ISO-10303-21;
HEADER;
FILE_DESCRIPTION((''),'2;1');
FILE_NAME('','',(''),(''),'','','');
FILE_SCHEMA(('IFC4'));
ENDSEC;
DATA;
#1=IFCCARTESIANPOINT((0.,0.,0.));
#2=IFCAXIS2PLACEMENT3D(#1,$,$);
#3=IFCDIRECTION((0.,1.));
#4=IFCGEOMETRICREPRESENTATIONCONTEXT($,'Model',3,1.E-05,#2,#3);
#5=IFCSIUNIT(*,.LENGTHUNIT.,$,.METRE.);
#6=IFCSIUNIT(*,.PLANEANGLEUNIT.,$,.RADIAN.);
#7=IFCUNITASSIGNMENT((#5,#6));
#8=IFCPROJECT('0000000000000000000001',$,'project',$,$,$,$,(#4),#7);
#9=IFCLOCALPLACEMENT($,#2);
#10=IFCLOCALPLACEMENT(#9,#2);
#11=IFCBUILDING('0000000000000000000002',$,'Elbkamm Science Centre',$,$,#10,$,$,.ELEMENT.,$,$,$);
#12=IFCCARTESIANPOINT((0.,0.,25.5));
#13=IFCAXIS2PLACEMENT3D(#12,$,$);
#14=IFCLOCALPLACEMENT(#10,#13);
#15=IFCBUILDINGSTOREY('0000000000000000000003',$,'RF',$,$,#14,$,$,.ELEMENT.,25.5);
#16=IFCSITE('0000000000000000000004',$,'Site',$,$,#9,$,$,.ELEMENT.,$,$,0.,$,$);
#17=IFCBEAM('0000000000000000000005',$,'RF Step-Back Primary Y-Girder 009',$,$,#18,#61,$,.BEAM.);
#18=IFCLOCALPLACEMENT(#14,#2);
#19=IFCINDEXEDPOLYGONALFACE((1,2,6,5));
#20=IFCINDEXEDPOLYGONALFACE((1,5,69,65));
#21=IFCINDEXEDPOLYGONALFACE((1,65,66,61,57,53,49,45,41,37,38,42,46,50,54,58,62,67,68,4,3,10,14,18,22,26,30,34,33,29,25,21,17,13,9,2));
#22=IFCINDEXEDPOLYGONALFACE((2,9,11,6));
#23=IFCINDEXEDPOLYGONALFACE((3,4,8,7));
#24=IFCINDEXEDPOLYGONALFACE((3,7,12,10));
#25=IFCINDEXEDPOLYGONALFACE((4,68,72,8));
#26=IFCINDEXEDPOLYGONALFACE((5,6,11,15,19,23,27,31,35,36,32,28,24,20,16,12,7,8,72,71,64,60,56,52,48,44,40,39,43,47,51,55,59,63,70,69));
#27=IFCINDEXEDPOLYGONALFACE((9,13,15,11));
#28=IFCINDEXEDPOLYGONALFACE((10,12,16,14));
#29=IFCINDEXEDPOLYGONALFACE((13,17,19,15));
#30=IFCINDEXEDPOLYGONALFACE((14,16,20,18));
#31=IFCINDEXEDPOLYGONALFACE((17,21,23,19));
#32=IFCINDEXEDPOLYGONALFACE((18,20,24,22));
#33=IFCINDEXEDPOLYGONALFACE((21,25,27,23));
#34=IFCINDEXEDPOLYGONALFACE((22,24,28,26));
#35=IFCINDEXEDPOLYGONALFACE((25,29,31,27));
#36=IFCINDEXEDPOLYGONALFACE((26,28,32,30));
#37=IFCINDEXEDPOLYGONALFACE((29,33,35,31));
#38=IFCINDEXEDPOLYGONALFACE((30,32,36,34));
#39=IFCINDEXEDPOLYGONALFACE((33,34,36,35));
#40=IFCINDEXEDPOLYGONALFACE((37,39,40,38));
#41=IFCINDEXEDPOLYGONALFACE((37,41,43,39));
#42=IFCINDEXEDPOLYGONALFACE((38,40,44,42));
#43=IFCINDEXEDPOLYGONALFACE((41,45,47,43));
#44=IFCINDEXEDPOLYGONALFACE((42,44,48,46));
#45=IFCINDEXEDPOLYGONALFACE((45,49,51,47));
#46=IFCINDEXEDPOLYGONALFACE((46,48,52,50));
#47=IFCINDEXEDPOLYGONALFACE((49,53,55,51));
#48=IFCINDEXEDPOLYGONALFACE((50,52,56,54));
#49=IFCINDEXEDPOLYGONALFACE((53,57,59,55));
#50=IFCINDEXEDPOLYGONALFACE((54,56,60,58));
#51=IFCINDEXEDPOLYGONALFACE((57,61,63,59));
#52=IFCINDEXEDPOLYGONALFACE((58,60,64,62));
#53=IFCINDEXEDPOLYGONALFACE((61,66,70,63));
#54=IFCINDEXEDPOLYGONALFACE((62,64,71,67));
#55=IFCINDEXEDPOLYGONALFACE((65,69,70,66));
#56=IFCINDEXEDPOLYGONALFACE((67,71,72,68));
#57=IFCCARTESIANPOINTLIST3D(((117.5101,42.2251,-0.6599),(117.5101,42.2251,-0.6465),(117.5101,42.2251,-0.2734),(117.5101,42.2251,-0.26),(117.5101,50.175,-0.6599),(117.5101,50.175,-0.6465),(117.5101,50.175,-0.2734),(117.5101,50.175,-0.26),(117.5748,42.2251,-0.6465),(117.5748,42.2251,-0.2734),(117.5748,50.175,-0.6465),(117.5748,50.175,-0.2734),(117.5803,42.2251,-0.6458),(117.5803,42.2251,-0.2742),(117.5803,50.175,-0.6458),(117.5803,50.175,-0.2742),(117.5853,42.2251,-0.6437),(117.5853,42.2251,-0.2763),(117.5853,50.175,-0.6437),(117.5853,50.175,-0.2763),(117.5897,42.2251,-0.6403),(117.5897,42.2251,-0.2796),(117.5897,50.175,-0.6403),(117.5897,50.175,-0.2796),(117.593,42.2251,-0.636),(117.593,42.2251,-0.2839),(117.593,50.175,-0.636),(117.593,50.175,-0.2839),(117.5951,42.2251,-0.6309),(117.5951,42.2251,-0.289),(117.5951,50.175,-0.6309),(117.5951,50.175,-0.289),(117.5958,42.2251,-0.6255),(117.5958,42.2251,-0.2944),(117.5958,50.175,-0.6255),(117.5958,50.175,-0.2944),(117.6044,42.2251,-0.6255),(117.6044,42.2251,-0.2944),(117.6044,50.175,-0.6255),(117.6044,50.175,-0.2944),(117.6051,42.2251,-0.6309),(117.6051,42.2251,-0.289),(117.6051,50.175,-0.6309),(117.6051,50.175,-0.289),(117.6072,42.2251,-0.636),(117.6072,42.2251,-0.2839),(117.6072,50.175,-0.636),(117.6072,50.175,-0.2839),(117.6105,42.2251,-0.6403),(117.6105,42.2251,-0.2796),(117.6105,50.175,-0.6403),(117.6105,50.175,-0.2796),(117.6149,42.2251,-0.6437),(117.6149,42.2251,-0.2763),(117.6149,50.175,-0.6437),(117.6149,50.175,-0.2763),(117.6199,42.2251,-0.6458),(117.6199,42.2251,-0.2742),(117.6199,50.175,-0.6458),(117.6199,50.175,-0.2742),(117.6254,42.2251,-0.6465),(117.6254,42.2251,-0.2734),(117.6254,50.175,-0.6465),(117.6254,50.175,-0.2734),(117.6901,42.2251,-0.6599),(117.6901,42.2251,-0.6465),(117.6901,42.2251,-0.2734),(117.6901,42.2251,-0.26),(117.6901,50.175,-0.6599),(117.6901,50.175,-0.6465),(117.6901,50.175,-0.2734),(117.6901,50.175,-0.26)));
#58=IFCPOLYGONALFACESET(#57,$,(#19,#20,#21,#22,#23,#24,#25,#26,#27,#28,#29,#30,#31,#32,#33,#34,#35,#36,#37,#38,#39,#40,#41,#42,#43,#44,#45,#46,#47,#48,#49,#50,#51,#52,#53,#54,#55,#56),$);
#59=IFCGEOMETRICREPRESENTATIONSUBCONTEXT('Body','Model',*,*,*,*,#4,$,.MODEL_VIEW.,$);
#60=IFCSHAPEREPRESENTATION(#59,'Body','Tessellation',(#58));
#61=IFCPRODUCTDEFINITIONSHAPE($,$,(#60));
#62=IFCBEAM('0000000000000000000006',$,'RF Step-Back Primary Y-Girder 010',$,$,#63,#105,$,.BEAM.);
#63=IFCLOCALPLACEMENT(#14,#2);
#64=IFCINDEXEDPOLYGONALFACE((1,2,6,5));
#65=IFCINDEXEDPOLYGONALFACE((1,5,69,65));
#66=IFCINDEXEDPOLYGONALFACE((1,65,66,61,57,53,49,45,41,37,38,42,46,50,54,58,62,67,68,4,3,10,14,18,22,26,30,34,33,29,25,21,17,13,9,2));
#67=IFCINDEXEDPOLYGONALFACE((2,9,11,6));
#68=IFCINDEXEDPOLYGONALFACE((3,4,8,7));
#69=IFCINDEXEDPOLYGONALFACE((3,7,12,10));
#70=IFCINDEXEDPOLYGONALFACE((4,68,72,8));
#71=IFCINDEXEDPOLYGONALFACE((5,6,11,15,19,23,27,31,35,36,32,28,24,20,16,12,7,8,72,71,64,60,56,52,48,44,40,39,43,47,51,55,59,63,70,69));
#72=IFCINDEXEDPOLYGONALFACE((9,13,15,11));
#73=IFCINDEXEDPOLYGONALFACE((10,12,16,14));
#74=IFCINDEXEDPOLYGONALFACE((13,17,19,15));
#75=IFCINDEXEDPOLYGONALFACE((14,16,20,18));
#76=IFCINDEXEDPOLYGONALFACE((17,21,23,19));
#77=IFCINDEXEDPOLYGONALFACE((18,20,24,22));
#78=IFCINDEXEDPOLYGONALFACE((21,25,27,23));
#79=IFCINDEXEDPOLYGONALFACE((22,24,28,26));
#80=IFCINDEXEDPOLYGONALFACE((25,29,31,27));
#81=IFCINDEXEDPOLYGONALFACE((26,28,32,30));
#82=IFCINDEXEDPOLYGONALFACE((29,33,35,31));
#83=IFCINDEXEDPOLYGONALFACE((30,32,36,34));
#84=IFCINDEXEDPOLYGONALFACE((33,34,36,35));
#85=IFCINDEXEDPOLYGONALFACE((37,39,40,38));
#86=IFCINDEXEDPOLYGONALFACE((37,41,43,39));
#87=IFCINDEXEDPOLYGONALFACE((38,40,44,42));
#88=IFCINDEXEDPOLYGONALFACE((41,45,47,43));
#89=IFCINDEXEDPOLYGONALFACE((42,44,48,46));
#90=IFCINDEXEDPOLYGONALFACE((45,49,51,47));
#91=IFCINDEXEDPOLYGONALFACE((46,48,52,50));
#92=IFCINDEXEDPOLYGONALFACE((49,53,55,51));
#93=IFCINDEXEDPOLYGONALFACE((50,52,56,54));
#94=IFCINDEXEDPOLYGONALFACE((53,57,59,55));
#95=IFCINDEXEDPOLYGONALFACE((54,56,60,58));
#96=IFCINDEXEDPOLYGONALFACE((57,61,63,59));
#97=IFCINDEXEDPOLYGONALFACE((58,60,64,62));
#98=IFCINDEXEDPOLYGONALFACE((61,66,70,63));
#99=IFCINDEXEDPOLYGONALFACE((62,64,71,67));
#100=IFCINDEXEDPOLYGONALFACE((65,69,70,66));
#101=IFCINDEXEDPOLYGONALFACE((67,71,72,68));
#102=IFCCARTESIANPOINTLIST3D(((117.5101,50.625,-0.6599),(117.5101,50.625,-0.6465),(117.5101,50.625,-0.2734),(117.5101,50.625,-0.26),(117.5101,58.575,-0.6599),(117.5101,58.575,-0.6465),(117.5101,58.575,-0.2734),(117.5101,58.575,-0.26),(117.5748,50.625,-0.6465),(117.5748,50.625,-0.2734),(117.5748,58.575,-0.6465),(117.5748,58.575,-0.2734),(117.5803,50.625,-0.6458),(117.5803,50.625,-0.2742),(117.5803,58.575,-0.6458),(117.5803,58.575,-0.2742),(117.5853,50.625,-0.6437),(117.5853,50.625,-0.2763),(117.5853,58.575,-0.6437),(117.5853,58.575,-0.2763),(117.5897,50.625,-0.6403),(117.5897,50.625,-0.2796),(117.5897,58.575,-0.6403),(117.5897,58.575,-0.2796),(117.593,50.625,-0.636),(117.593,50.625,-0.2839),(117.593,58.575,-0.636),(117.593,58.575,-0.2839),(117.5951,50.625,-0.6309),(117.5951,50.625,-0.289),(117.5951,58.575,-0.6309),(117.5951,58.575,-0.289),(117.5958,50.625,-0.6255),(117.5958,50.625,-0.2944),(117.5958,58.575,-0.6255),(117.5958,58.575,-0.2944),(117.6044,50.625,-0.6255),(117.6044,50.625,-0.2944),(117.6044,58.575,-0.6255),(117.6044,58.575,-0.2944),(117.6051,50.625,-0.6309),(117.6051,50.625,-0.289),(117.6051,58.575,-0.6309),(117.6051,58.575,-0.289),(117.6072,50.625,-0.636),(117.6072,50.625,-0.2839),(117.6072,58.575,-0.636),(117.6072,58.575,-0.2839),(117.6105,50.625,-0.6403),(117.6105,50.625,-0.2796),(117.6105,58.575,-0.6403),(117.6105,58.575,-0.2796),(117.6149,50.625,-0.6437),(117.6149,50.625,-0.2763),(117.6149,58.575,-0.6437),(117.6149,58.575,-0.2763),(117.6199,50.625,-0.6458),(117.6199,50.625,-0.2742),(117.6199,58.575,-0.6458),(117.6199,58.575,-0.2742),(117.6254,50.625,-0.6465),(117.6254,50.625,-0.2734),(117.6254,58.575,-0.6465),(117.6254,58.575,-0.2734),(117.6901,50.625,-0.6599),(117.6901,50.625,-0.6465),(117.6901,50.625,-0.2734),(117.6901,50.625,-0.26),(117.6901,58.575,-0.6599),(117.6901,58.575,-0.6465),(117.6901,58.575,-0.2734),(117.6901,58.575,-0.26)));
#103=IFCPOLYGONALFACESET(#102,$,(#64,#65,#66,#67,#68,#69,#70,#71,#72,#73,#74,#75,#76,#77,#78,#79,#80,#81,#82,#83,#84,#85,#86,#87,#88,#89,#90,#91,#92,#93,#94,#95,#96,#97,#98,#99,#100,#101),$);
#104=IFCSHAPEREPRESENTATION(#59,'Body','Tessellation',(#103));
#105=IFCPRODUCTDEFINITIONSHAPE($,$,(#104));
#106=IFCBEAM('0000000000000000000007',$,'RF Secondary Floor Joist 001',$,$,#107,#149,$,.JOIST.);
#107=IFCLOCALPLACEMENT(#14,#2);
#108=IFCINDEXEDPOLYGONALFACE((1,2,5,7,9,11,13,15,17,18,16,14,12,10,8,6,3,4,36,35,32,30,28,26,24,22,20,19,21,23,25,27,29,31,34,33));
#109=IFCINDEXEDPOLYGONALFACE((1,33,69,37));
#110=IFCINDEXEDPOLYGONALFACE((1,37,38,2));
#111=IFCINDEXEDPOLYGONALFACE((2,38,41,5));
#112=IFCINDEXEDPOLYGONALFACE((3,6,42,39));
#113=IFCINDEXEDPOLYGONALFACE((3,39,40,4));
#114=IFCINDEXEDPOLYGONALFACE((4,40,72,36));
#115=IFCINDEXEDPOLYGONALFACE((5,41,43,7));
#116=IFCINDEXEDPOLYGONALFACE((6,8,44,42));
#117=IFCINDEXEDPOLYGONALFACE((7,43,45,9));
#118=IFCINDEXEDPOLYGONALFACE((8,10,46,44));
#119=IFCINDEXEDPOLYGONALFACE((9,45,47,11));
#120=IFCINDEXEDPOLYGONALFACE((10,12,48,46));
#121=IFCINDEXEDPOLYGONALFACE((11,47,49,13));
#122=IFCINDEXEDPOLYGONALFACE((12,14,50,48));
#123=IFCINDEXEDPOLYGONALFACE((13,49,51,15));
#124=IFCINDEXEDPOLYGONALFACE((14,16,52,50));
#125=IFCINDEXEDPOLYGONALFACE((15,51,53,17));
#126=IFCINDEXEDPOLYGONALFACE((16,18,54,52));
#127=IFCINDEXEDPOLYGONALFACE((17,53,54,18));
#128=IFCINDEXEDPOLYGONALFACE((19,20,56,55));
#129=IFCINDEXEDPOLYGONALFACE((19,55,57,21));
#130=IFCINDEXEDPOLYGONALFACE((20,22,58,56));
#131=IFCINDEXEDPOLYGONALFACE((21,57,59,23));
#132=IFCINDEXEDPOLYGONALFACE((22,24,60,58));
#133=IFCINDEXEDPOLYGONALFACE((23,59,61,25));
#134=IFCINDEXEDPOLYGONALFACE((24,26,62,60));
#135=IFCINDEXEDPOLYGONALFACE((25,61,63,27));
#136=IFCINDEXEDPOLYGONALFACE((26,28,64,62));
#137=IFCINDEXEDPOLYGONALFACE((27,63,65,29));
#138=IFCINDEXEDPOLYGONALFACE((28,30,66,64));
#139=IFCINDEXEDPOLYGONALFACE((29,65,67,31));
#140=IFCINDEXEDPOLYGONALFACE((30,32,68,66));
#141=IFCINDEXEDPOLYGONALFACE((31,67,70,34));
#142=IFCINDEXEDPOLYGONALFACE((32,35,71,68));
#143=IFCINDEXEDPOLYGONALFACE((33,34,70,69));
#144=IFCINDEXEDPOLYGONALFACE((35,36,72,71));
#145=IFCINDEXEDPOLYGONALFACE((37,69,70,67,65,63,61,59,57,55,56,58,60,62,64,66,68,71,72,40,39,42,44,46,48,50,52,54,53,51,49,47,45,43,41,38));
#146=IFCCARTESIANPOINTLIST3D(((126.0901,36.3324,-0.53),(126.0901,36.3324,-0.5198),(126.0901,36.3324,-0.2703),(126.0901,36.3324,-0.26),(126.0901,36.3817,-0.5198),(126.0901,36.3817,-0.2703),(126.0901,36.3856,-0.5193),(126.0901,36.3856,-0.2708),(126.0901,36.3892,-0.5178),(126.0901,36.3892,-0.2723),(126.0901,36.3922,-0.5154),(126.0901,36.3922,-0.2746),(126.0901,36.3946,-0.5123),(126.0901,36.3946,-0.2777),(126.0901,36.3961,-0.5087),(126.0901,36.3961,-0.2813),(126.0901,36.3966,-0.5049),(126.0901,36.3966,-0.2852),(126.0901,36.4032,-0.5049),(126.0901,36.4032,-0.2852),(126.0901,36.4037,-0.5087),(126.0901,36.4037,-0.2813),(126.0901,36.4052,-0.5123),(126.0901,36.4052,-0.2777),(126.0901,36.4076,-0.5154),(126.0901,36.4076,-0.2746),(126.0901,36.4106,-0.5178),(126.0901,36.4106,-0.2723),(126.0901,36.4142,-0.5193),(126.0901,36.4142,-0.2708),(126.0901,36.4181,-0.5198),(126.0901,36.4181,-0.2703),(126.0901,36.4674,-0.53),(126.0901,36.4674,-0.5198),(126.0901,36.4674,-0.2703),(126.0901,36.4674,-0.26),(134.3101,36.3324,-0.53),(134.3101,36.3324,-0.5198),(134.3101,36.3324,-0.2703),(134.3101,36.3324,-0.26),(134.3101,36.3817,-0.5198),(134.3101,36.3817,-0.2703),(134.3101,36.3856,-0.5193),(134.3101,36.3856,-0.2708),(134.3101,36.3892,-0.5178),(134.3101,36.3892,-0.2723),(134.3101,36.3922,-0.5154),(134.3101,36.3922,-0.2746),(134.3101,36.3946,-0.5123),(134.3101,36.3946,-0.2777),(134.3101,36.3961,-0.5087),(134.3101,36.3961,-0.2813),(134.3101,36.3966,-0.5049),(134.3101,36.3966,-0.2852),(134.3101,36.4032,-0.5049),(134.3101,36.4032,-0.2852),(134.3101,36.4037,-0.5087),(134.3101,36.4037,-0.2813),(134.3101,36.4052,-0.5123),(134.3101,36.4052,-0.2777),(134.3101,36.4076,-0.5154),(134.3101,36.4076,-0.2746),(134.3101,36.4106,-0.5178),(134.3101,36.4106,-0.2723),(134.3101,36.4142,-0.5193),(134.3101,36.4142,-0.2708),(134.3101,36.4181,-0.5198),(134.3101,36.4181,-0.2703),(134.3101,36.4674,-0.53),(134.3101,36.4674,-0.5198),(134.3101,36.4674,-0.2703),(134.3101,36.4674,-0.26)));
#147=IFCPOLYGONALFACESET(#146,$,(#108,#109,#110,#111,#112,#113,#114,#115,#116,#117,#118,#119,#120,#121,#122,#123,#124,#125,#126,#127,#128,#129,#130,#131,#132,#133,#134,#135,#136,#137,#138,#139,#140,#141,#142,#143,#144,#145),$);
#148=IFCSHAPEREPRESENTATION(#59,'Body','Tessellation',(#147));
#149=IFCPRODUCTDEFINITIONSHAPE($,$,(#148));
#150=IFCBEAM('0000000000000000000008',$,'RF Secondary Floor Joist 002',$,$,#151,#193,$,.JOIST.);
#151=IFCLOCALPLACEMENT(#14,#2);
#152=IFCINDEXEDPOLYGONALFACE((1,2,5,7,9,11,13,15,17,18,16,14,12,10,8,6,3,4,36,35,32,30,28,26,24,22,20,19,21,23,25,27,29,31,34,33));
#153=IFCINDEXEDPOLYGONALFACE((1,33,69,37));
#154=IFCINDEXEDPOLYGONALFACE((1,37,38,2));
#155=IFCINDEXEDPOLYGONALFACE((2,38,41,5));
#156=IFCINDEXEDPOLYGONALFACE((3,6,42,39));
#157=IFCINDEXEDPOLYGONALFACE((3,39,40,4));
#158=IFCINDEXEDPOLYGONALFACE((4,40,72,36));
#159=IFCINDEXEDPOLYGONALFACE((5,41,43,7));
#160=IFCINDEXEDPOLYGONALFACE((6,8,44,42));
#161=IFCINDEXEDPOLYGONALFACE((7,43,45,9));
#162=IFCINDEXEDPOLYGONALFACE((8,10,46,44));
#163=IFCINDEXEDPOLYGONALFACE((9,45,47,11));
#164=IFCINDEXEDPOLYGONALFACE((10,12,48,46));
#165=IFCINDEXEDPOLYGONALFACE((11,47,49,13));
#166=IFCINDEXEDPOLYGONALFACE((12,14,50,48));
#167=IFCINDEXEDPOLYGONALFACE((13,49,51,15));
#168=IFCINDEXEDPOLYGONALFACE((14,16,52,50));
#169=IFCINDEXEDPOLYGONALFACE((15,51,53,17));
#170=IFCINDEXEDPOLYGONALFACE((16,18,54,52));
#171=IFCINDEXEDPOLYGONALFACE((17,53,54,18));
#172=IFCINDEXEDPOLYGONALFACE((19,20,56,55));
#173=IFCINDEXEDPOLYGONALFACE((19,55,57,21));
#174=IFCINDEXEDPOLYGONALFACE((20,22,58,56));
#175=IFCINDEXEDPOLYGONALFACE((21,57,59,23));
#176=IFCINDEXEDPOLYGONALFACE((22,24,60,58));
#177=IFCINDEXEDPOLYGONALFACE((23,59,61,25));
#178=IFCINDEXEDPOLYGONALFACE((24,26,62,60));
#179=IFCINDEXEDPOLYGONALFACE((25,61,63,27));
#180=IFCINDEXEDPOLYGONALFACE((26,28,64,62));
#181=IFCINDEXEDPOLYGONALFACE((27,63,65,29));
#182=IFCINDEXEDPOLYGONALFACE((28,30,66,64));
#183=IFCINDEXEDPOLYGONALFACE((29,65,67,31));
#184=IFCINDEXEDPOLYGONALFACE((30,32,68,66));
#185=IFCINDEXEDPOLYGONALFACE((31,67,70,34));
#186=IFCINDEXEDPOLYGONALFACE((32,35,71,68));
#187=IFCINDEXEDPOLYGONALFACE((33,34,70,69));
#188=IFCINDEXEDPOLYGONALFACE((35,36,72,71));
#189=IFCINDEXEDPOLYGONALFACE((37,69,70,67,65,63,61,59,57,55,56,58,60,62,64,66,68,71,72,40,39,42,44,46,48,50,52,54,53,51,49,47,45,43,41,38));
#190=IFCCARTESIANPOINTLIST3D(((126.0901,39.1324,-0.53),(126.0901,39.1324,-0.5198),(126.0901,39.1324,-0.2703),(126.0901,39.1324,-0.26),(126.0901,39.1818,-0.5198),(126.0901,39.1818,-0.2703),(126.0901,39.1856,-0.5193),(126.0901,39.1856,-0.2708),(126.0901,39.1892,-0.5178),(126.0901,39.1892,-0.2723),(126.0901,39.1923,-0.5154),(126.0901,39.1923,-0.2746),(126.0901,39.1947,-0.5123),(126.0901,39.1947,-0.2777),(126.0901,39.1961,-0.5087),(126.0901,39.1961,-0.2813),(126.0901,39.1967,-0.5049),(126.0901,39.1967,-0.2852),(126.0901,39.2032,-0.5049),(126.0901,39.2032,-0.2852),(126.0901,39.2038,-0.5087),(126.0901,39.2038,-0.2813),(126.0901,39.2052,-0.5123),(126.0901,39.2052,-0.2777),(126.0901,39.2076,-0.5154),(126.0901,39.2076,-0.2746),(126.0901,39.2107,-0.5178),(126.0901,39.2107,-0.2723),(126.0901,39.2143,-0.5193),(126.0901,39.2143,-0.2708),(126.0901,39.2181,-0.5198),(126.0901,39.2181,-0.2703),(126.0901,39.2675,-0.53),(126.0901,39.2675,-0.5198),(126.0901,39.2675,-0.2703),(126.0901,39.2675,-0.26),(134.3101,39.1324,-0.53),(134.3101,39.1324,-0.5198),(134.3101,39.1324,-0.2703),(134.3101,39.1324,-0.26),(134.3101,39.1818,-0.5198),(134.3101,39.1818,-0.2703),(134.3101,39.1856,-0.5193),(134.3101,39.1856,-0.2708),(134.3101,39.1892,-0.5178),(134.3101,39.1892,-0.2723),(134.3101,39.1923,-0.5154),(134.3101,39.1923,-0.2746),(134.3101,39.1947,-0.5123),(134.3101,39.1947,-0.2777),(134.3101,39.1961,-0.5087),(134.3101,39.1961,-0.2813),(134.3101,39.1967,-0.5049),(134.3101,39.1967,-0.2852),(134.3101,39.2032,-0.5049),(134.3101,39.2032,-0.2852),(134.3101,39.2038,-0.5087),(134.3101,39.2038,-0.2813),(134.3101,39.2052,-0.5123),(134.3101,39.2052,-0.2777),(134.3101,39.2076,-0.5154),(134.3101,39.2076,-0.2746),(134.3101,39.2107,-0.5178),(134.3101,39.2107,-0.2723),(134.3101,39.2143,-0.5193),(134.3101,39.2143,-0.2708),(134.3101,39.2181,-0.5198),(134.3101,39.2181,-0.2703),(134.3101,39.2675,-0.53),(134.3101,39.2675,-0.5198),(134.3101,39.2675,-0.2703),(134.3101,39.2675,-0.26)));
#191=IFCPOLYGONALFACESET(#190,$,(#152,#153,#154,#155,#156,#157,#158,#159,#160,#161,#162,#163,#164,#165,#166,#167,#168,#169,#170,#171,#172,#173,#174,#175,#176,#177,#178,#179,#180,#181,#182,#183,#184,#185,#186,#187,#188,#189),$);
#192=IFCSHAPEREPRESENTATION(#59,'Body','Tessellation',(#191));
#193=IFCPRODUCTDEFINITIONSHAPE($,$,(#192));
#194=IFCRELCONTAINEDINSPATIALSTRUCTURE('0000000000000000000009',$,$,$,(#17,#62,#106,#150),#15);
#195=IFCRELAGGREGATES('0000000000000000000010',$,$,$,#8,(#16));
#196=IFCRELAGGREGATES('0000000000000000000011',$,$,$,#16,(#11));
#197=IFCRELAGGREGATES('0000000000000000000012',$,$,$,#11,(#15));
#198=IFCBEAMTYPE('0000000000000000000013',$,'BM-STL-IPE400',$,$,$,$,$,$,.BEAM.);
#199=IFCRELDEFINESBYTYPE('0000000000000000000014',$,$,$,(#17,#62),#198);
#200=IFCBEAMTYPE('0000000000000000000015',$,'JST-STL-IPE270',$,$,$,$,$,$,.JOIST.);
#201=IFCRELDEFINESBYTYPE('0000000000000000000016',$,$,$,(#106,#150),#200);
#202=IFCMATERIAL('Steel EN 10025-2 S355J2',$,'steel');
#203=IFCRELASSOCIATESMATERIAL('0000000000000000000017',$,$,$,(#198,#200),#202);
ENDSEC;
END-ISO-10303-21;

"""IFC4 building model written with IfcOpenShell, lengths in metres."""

from ifc_helpers import new_model, si_unit, direction, frame, origin, origin_2d, place, context, subcontext, project, spatial, i_section, extrude, material, material_profile, profile_set, type_object, element, save


model = new_model("IFC4")

# Units and contexts
model_context = context("Model", 3, precision=1e-05, world=origin(), true_north=direction((0.0, 1.0)))
body_context = subcontext(model_context, "Body", "Model", "MODEL_VIEW")
ifc_project = project(units=[si_unit("LENGTHUNIT", "METRE"), si_unit("PLANEANGLEUNIT", "RADIAN")], contexts=[model_context])

# Site, building, storey
site_placement = place(None, origin())
site = spatial("IfcSite", under=ifc_project, at=site_placement, Name="Site", CompositionType="ELEMENT", RefElevation=0.0)
building_placement = place(site_placement, origin())
building = spatial("IfcBuilding", under=site, at=building_placement, Name="Elbkamm Science Centre", CompositionType="ELEMENT")
storey_placement = place(building_placement, frame((0.0, 0.0, 25.5)))
storey = spatial("IfcBuildingStorey", under=building, at=storey_placement, Name="RF", CompositionType="ELEMENT", Elevation=25.5)

# Beams
ifc_material_1 = material(Name="Steel EN 10025-2 S355J2", Category="steel")
ifc_material_profile_1 = material_profile(ifc_material_1, i_section(OverallWidth=0.1799, OverallDepth=0.3999, WebThickness=0.0085, FlangeThickness=0.0134, FilletRadius=0.021, at=origin_2d()), Name="IPE 400")
ifc_profile_set_1 = profile_set([ifc_material_profile_1], Name="Steel EN 10025-2 S355J2")
beam_type_1 = type_object("IfcBeamType", Name="BM-STL-IPE400", PredefinedType="BEAM", material=ifc_profile_set_1)
for number, where, z_axis, x_axis, name in (
    (1, (117.6001, 42.2251, -0.46), (0.0, 1.0, 0.0), (-1.0, 0.0, 0.0), "RF Step-Back Primary Y-Girder 009"),
    (2, (117.6001, 50.625, -0.46), (0.0, 1.0, 0.0), (-1.0, 0.0, 0.0), "RF Step-Back Primary Y-Girder 010"),
):
    element("IfcBeam", number, at=place(storey_placement, frame(where, z_axis=z_axis, x_axis=x_axis)), inside=storey, type_object=beam_type_1, Name=name, PredefinedType="BEAM", context=body_context, shape_type="SweptSolid", body=[
        extrude(i_section(OverallWidth=0.1799, OverallDepth=0.3999, WebThickness=0.0085, FlangeThickness=0.0134, FilletRadius=0.021, at=origin_2d()), origin(), (0.0, 0.0, 1.0), 7.95),
    ])
ifc_material_profile_2 = material_profile(ifc_material_1, i_section(OverallWidth=0.135, OverallDepth=0.27, WebThickness=0.0066, FlangeThickness=0.0103, FilletRadius=0.0149, at=origin_2d()), Name="IPE 270")
ifc_profile_set_2 = profile_set([ifc_material_profile_2], Name="Steel EN 10025-2 S355J2")
beam_type_2 = type_object("IfcBeamType", Name="JST-STL-IPE270", PredefinedType="JOIST", material=ifc_profile_set_2)
for number, where, z_axis, x_axis, name in (
    (3, (126.0901, 36.3999, -0.395), (1.0, 0.0, 0.0), (0.0, 1.0, 0.0), "RF Secondary Floor Joist 001"),
    (4, (126.0901, 39.2, -0.395), (1.0, 0.0, 0.0), (0.0, 1.0, 0.0), "RF Secondary Floor Joist 002"),
):
    element("IfcBeam", number, at=place(storey_placement, frame(where, z_axis=z_axis, x_axis=x_axis)), inside=storey, type_object=beam_type_2, Name=name, PredefinedType="JOIST", context=body_context, shape_type="SweptSolid", body=[
        extrude(i_section(OverallWidth=0.135, OverallDepth=0.27, WebThickness=0.0066, FlangeThickness=0.0103, FilletRadius=0.0149, at=origin_2d()), origin(), (0.0, 0.0, 1.0), 8.22),
    ])

save(model, "model.ifc")
